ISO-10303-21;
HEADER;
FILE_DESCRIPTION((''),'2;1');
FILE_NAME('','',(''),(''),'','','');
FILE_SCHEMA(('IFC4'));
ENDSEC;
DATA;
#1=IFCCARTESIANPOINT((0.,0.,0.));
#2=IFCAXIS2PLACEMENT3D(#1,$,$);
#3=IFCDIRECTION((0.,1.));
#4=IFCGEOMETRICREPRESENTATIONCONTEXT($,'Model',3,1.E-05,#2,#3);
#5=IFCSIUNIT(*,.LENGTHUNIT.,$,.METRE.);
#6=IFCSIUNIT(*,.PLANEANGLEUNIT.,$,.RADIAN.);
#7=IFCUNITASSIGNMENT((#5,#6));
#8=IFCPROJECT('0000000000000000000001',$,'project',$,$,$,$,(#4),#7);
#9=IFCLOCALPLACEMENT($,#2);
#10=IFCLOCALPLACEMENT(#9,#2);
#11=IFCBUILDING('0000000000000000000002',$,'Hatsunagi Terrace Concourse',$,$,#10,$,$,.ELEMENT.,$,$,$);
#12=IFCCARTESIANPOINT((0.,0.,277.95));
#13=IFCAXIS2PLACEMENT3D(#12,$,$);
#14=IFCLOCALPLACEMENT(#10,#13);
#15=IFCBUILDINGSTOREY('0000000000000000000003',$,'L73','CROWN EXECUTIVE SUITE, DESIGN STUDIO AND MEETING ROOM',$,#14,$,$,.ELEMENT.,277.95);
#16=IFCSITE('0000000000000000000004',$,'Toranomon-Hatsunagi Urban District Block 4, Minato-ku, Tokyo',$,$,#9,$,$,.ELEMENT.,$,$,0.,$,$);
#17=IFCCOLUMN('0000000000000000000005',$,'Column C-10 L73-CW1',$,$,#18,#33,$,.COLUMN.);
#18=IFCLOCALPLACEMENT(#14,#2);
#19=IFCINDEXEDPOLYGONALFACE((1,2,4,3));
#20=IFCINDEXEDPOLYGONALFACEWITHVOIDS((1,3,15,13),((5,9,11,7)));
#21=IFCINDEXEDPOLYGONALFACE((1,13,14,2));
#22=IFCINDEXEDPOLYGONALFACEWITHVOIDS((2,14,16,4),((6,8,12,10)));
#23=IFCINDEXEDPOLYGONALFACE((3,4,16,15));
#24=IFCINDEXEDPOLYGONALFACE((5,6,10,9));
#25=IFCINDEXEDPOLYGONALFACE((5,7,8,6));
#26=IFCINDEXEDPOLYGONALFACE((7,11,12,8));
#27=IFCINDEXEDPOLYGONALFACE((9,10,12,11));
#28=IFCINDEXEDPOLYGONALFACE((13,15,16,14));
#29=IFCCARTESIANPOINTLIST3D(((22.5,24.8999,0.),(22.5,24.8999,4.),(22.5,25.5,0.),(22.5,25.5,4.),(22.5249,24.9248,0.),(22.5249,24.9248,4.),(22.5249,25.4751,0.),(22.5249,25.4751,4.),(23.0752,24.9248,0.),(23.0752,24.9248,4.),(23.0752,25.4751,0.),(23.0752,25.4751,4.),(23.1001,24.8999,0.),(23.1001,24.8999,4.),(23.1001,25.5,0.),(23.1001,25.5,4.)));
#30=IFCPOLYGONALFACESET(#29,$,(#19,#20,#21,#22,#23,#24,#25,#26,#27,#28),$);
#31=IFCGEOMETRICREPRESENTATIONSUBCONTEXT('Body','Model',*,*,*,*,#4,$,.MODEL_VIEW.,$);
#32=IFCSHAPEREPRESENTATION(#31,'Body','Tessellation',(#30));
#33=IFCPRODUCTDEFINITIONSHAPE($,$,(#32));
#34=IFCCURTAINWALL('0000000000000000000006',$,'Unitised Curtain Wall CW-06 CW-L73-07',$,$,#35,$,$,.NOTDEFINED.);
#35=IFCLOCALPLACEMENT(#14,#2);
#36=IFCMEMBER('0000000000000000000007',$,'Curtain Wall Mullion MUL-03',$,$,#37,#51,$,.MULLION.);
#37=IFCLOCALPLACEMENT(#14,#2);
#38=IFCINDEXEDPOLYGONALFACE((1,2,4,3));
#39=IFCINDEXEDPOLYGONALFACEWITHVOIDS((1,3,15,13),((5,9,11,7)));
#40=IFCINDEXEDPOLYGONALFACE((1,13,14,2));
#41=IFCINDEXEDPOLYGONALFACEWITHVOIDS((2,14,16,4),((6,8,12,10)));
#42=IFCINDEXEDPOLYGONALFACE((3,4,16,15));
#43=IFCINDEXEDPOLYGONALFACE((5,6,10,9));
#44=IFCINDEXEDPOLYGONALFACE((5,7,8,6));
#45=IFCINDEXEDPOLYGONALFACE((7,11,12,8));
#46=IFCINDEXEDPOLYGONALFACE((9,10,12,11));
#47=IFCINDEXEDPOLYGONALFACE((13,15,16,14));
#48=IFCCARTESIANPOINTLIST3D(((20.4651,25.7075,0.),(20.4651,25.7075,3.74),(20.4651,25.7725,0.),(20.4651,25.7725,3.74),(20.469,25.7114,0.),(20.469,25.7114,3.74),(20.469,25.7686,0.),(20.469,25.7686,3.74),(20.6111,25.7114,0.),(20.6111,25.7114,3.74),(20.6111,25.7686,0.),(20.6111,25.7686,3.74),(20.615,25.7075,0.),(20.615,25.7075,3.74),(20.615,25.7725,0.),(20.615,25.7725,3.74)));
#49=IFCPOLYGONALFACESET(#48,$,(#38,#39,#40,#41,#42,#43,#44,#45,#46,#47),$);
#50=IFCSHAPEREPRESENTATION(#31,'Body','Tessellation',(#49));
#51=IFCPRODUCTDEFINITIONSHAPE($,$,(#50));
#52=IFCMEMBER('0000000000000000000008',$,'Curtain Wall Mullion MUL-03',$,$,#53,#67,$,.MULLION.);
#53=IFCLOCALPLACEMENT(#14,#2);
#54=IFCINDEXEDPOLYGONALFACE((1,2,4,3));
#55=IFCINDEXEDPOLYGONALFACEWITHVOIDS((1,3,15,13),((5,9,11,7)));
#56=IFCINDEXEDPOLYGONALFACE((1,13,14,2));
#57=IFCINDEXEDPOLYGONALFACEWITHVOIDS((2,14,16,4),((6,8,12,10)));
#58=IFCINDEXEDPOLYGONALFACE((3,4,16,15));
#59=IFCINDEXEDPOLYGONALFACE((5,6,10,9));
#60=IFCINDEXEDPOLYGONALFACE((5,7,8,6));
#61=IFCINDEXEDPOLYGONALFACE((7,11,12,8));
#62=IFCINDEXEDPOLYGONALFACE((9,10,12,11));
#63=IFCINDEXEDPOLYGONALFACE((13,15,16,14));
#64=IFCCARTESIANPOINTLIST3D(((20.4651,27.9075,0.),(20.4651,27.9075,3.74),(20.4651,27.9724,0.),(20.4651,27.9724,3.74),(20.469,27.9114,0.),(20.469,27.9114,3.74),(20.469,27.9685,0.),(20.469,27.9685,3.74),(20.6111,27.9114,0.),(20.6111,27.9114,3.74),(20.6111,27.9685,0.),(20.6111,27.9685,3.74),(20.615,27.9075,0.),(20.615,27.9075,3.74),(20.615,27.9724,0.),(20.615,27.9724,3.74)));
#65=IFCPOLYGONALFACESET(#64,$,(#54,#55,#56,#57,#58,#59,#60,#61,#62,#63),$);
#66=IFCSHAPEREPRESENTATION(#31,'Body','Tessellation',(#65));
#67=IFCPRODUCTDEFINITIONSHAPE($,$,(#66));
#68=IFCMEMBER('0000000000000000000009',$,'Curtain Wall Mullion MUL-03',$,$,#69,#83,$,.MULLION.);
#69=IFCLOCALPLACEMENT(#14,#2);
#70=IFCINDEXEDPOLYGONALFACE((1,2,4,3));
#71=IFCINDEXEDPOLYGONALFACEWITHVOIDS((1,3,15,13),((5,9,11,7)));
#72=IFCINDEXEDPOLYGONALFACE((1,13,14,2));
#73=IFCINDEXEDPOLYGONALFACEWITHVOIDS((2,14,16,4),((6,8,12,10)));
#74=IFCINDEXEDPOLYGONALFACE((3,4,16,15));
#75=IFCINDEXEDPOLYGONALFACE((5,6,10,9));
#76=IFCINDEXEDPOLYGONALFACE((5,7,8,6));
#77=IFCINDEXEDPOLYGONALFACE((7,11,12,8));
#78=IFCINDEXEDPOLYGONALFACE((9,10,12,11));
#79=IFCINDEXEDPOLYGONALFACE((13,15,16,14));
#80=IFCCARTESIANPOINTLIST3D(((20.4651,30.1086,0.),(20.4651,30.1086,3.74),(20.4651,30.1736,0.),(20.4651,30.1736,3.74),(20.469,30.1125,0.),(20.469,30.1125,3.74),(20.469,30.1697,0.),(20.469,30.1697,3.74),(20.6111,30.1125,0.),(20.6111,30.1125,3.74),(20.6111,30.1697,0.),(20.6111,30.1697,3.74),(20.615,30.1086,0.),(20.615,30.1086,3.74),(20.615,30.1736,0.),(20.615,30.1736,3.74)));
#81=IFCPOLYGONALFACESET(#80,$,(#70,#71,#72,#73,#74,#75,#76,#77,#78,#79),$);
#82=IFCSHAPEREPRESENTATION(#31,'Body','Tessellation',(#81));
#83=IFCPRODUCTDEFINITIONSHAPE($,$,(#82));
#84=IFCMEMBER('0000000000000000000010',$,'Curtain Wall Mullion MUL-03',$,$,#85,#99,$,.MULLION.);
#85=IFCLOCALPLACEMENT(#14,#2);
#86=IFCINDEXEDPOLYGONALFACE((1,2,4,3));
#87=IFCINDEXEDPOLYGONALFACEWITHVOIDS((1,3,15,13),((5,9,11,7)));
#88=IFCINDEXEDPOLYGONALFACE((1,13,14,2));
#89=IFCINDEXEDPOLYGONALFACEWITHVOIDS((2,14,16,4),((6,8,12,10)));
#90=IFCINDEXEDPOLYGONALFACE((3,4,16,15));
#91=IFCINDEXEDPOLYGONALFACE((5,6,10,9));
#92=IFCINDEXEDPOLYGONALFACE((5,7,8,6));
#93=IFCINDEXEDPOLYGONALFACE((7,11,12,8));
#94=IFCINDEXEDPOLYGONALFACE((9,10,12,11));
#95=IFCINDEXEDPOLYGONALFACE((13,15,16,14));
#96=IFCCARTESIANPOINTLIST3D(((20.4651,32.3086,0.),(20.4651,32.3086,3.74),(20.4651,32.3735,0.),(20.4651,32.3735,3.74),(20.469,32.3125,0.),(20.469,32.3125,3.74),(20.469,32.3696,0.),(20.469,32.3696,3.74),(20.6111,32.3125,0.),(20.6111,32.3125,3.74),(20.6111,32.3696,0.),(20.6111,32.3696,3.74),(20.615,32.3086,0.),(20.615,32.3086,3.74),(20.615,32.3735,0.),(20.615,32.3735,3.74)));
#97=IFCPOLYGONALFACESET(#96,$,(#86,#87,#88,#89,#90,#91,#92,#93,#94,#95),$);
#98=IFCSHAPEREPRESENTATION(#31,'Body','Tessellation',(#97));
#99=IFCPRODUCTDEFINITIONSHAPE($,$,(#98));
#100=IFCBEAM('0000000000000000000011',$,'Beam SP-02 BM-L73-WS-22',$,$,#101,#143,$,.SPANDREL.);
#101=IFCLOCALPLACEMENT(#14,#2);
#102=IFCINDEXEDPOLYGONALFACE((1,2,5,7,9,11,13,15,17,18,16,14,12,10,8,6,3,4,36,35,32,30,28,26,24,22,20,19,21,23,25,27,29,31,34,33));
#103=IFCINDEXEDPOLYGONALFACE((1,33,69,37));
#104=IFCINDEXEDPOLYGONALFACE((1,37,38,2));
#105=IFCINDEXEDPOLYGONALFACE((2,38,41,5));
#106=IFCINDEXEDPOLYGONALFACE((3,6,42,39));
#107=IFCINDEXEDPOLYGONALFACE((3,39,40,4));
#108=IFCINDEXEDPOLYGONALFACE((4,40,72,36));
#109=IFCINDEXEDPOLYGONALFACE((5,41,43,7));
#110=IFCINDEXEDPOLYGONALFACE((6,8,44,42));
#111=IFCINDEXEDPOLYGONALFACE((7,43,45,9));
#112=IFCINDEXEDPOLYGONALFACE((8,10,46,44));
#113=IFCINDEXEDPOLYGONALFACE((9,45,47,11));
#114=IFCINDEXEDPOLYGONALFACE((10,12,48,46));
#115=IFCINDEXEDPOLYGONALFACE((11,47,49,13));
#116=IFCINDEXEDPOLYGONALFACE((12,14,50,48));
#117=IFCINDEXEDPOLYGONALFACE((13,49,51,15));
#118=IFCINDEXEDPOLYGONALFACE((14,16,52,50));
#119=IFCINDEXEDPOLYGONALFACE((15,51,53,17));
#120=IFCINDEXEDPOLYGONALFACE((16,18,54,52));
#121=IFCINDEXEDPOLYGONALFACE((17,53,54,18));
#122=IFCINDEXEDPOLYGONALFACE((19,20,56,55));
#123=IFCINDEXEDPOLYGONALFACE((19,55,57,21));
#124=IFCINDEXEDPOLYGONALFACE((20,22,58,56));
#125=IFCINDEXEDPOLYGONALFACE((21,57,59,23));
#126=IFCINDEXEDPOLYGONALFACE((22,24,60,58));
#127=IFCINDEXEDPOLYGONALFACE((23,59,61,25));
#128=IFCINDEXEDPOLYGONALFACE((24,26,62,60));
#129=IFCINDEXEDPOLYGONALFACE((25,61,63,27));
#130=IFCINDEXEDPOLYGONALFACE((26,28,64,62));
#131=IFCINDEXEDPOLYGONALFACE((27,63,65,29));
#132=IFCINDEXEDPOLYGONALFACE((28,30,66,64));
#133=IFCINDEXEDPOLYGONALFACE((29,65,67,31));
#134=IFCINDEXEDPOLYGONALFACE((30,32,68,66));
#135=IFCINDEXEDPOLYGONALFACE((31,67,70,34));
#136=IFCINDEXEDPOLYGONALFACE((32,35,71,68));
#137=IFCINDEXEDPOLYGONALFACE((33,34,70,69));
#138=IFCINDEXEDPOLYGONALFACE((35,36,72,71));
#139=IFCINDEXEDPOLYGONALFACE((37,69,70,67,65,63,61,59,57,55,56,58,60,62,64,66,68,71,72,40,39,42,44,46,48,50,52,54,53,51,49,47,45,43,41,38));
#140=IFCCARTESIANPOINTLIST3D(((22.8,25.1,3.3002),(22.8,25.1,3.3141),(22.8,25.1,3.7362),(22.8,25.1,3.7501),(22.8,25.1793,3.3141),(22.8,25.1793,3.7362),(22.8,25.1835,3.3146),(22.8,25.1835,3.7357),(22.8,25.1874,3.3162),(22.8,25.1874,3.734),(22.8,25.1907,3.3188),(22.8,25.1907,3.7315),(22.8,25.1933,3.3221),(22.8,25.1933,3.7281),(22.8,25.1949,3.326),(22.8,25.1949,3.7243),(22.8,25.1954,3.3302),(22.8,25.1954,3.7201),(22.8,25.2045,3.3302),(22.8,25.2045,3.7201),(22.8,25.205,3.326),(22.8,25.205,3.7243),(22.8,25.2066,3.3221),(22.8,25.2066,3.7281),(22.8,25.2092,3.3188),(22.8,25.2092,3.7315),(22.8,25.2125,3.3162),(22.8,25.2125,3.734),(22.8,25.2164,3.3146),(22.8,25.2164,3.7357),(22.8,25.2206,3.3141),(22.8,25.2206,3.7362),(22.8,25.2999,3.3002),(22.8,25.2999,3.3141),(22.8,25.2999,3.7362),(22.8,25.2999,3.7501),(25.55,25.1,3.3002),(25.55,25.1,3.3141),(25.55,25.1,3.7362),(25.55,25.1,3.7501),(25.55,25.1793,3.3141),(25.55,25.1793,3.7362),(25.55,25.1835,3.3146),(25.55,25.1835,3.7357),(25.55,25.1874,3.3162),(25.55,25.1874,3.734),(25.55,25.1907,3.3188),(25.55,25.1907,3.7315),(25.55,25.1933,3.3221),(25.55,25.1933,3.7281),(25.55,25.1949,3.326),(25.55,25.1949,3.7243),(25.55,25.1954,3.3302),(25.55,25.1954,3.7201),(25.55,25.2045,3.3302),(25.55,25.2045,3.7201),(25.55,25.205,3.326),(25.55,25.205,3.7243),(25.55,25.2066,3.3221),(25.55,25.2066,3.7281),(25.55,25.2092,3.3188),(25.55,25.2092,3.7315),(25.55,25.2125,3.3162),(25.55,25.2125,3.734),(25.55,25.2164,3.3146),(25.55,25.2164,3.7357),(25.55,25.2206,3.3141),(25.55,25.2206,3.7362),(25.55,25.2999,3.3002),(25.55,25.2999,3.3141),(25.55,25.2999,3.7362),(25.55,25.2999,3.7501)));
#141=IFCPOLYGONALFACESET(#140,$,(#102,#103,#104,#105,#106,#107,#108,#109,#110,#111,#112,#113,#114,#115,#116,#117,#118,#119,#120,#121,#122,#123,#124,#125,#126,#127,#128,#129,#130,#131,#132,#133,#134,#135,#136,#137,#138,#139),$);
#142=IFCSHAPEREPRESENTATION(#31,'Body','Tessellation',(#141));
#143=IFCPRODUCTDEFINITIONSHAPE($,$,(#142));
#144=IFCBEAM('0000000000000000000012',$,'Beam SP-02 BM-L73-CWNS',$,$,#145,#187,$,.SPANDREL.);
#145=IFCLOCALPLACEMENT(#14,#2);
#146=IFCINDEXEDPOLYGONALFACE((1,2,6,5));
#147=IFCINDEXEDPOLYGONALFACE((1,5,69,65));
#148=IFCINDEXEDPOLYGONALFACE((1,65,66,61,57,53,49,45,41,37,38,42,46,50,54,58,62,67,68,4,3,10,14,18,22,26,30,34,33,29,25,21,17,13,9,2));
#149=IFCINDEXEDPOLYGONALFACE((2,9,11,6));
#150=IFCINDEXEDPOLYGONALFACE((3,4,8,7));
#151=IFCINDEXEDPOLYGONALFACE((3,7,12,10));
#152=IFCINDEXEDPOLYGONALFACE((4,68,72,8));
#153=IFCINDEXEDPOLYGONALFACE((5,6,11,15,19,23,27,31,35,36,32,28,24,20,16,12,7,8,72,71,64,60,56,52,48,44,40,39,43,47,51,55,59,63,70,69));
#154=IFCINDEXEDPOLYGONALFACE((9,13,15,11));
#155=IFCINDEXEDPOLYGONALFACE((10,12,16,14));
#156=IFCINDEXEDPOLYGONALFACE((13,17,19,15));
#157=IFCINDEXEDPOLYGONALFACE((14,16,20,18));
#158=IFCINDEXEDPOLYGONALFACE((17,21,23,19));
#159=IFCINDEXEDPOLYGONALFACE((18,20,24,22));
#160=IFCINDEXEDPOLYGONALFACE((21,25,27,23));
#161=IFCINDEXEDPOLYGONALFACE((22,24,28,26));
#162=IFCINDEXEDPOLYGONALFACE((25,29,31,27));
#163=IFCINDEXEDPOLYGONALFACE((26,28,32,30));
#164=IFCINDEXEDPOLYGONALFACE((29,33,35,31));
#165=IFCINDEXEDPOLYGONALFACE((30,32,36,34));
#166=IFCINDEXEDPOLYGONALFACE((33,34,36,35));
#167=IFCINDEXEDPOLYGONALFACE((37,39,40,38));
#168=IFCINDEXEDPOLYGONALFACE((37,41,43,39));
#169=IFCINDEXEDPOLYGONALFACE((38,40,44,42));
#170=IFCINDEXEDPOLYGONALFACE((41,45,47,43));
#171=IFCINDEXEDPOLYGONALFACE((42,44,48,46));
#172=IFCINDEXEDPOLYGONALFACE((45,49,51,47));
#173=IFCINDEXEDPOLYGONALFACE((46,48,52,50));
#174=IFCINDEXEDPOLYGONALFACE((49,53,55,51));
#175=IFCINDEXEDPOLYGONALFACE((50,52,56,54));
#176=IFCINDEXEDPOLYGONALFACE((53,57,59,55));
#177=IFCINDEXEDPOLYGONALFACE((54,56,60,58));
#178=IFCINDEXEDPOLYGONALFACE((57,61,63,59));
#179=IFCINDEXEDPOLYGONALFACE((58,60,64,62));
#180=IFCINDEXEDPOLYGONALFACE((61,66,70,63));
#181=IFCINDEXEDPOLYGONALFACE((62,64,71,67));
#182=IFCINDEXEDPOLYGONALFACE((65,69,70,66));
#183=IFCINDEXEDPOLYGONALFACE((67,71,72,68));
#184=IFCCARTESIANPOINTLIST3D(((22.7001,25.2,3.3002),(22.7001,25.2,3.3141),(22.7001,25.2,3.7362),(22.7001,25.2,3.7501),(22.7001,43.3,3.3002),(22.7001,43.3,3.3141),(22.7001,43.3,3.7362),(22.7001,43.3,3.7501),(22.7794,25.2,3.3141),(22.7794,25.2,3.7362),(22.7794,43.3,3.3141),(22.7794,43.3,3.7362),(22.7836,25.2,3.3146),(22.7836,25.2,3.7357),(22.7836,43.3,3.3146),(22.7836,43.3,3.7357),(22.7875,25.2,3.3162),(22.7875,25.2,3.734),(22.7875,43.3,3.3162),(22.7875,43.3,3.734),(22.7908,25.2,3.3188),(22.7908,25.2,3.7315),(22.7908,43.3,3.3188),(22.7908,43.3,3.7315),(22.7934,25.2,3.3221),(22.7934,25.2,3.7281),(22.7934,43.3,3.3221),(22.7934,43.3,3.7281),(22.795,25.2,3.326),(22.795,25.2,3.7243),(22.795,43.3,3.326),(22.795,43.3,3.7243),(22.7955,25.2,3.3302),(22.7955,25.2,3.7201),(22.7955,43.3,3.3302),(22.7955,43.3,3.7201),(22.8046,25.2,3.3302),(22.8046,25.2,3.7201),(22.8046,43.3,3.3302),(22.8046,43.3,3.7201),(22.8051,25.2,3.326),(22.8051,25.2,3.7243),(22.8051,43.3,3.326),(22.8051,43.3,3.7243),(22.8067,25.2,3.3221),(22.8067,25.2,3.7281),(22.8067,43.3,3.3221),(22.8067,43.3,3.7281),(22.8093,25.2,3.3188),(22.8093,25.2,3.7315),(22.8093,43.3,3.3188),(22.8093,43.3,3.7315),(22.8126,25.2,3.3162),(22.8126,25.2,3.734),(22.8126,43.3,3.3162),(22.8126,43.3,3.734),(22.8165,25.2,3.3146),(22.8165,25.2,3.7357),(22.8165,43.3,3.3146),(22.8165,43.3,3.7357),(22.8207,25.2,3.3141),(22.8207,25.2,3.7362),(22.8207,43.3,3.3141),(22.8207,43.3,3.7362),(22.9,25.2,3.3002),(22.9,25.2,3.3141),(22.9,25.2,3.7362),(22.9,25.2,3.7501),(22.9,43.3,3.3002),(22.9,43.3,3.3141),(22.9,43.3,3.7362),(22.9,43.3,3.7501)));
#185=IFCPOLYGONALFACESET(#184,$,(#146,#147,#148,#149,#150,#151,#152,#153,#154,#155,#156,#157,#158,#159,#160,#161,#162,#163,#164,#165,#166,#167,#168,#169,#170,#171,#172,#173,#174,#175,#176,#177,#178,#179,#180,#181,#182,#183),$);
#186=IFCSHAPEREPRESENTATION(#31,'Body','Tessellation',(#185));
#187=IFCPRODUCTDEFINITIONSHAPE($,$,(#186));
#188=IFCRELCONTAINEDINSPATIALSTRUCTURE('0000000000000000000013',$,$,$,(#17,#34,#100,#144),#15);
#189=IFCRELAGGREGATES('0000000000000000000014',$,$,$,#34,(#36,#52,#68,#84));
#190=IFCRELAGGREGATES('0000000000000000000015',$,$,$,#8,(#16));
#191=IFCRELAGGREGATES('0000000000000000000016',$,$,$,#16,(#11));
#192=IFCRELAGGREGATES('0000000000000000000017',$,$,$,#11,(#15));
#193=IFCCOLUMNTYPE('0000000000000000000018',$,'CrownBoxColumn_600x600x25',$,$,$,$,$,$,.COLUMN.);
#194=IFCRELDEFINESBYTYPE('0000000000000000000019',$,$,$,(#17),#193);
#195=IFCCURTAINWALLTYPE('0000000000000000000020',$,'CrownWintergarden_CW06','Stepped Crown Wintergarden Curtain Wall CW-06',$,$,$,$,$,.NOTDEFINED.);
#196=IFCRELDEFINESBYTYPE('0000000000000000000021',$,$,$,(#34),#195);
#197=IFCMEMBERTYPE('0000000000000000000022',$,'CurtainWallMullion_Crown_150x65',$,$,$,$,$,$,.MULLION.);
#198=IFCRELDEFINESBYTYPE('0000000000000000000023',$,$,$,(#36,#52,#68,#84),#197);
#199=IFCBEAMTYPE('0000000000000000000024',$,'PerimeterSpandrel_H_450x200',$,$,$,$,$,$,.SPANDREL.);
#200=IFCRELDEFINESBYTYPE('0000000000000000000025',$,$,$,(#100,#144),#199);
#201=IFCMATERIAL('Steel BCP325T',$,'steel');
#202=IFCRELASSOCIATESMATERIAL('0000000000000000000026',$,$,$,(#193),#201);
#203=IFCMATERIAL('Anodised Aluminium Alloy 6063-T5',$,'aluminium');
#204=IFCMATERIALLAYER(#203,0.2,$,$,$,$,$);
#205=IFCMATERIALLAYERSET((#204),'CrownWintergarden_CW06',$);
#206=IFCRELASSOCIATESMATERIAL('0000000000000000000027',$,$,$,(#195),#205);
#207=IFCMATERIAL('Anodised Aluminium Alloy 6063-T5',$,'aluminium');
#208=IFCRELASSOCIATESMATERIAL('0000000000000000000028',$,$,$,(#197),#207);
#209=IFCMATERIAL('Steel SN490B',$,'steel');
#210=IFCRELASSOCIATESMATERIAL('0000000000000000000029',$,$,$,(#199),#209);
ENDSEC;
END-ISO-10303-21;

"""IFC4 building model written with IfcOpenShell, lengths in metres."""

from ifc_helpers import new_model, si_unit, direction, frame, origin, origin_2d, place, context, subcontext, project, spatial, hollow_rectangle, i_section, extrude, material, layer, layer_set, material_profile, profile_set, type_object, element, aggregate, save


model = new_model("IFC4")

# Units and contexts
model_context = context("Model", 3, precision=1e-05, world=origin(), true_north=direction((0.0, 1.0)))
body_context = subcontext(model_context, "Body", "Model", "MODEL_VIEW")
ifc_project = project(units=[si_unit("LENGTHUNIT", "METRE"), si_unit("PLANEANGLEUNIT", "RADIAN")], contexts=[model_context])

# Site, building, storey
site_placement = place(None, origin())
site = spatial("IfcSite", under=ifc_project, at=site_placement, Name="Toranomon-Hatsunagi Urban District Block 4, Minato-ku, Tokyo", CompositionType="ELEMENT", RefElevation=0.0)
building_placement = place(site_placement, origin())
building = spatial("IfcBuilding", under=site, at=building_placement, Name="Hatsunagi Terrace Concourse", CompositionType="ELEMENT")
storey_placement = place(building_placement, frame((0.0, 0.0, 277.95)))
storey = spatial("IfcBuildingStorey", under=building, at=storey_placement, Name="L73", Description="CROWN EXECUTIVE SUITE, DESIGN STUDIO AND MEETING ROOM", CompositionType="ELEMENT", Elevation=277.95)

# Column
ifc_material_1 = material(Name="Steel BCP325T", Category="steel")
ifc_material_profile_1 = material_profile(ifc_material_1, hollow_rectangle(XDim=0.6001, YDim=0.6001, WallThickness=0.0249, at=origin_2d()), Name="BCP-600x600x25")
ifc_profile_set_1 = profile_set([ifc_material_profile_1], Name="Steel BCP325T")
column_type = type_object("IfcColumnType", Name="CrownBoxColumn_600x600x25", PredefinedType="COLUMN", material=ifc_profile_set_1)
column_placement = place(storey_placement, frame((22.8, 25.2, 0.0), z_axis=(0.0, 0.0, 1.0), x_axis=(1.0, 0.0, 0.0)))
element("IfcColumn", 1, at=column_placement, inside=storey, type_object=column_type, Name="Column C-10 L73-CW1", PredefinedType="COLUMN", context=body_context, shape_type="SweptSolid", body=[
    extrude(hollow_rectangle(XDim=0.6001, YDim=0.6001, WallThickness=0.0249, at=origin_2d()), origin(), (0.0, 0.0, 1.0), 4.0),
])

# Curtain wall, members
ifc_material_2 = material(Name="Anodised Aluminium Alloy 6063-T5", Category="aluminium")
ifc_layer_1 = layer(ifc_material_2, 0.2)
ifc_layer_set_1 = layer_set([ifc_layer_1], Name="CrownWintergarden_CW06")
curtain_wall_type = type_object("IfcCurtainWallType", Name="CrownWintergarden_CW06", Description="Stepped Crown Wintergarden Curtain Wall CW-06", PredefinedType="NOTDEFINED", material=ifc_layer_set_1)
curtain_wall_placement = place(storey_placement, origin())
curtain_wall = element("IfcCurtainWall", 2, at=curtain_wall_placement, inside=storey, type_object=curtain_wall_type, Name="Unitised Curtain Wall CW-06 CW-L73-07", PredefinedType="NOTDEFINED")
ifc_material_3 = material(Name="Anodised Aluminium Alloy 6063-T5", Category="aluminium")
ifc_material_profile_2 = material_profile(ifc_material_3, hollow_rectangle(XDim=0.0649, YDim=0.1499, WallThickness=0.0039, at=origin_2d()), Name="ALU-MUL-150x65x4")
ifc_profile_set_2 = profile_set([ifc_material_profile_2], Name="Anodised Aluminium Alloy 6063-T5")
member_type = type_object("IfcMemberType", Name="CurtainWallMullion_Crown_150x65", PredefinedType="MULLION", material=ifc_profile_set_2)
member_1_placement = place(storey_placement, frame((20.54, 25.74, 0.0), z_axis=(0.0, 0.0, 1.0), x_axis=(0.0, 1.0, 0.0)))
member_1 = element("IfcMember", 3, at=member_1_placement, type_object=member_type, Name="Curtain Wall Mullion MUL-03", PredefinedType="MULLION", context=body_context, shape_type="SweptSolid", body=[
    extrude(hollow_rectangle(XDim=0.0649, YDim=0.1499, WallThickness=0.0039, at=origin_2d()), origin(), (0.0, 0.0, 1.0), 3.74),
])
member_2_placement = place(storey_placement, frame((20.54, 27.9399, 0.0), z_axis=(0.0, 0.0, 1.0), x_axis=(0.0, 1.0, 0.0)))
member_2 = element("IfcMember", 4, at=member_2_placement, type_object=member_type, Name="Curtain Wall Mullion MUL-03", PredefinedType="MULLION", context=body_context, shape_type="SweptSolid", body=[
    extrude(hollow_rectangle(XDim=0.0649, YDim=0.1499, WallThickness=0.0039, at=origin_2d()), origin(), (0.0, 0.0, 1.0), 3.74),
])
member_3_placement = place(storey_placement, frame((20.54, 30.1411, 0.0), z_axis=(0.0, 0.0, 1.0), x_axis=(0.0, 1.0, 0.0)))
member_3 = element("IfcMember", 5, at=member_3_placement, type_object=member_type, Name="Curtain Wall Mullion MUL-03", PredefinedType="MULLION", context=body_context, shape_type="SweptSolid", body=[
    extrude(hollow_rectangle(XDim=0.0649, YDim=0.1499, WallThickness=0.0039, at=origin_2d()), origin(), (0.0, 0.0, 1.0), 3.74),
])
member_4_placement = place(storey_placement, frame((20.54, 32.3411, 0.0), z_axis=(0.0, 0.0, 1.0), x_axis=(0.0, 1.0, 0.0)))
member_4 = element("IfcMember", 6, at=member_4_placement, type_object=member_type, Name="Curtain Wall Mullion MUL-03", PredefinedType="MULLION", context=body_context, shape_type="SweptSolid", body=[
    extrude(hollow_rectangle(XDim=0.0649, YDim=0.1499, WallThickness=0.0039, at=origin_2d()), origin(), (0.0, 0.0, 1.0), 3.74),
])

# Beams
ifc_material_4 = material(Name="Steel SN490B", Category="steel")
ifc_material_profile_3 = material_profile(ifc_material_4, i_section(OverallWidth=0.2, OverallDepth=0.45, WebThickness=0.009, FlangeThickness=0.0139, FilletRadius=0.0161, at=origin_2d()), Name="H-450x200x9x14")
ifc_profile_set_3 = profile_set([ifc_material_profile_3], Name="Steel SN490B")
beam_type = type_object("IfcBeamType", Name="PerimeterSpandrel_H_450x200", PredefinedType="SPANDREL", material=ifc_profile_set_3)
beam_1_placement = place(storey_placement, frame((22.8, 25.2, 3.5251), z_axis=(1.0, 0.0, 0.0), x_axis=(0.0, 1.0, 0.0)))
element("IfcBeam", 7, at=beam_1_placement, inside=storey, type_object=beam_type, Name="Beam SP-02 BM-L73-WS-22", PredefinedType="SPANDREL", context=body_context, shape_type="SweptSolid", body=[
    extrude(i_section(OverallWidth=0.2, OverallDepth=0.45, WebThickness=0.009, FlangeThickness=0.0139, FilletRadius=0.0161, at=origin_2d()), origin(), (0.0, 0.0, 1.0), 2.75),
])
beam_2_placement = place(storey_placement, frame((22.8, 25.2, 3.5251), z_axis=(0.0, 1.0, 0.0), x_axis=(-1.0, 0.0, 0.0)))
element("IfcBeam", 8, at=beam_2_placement, inside=storey, type_object=beam_type, Name="Beam SP-02 BM-L73-CWNS", PredefinedType="SPANDREL", context=body_context, shape_type="SweptSolid", body=[
    extrude(i_section(OverallWidth=0.2, OverallDepth=0.45, WebThickness=0.009, FlangeThickness=0.0139, FilletRadius=0.0161, at=origin_2d()), origin(), (0.0, 0.0, 1.0), 18.1001),
])

aggregate(curtain_wall, [member_1, member_2, member_3, member_4])

save(model, "model.ifc")
